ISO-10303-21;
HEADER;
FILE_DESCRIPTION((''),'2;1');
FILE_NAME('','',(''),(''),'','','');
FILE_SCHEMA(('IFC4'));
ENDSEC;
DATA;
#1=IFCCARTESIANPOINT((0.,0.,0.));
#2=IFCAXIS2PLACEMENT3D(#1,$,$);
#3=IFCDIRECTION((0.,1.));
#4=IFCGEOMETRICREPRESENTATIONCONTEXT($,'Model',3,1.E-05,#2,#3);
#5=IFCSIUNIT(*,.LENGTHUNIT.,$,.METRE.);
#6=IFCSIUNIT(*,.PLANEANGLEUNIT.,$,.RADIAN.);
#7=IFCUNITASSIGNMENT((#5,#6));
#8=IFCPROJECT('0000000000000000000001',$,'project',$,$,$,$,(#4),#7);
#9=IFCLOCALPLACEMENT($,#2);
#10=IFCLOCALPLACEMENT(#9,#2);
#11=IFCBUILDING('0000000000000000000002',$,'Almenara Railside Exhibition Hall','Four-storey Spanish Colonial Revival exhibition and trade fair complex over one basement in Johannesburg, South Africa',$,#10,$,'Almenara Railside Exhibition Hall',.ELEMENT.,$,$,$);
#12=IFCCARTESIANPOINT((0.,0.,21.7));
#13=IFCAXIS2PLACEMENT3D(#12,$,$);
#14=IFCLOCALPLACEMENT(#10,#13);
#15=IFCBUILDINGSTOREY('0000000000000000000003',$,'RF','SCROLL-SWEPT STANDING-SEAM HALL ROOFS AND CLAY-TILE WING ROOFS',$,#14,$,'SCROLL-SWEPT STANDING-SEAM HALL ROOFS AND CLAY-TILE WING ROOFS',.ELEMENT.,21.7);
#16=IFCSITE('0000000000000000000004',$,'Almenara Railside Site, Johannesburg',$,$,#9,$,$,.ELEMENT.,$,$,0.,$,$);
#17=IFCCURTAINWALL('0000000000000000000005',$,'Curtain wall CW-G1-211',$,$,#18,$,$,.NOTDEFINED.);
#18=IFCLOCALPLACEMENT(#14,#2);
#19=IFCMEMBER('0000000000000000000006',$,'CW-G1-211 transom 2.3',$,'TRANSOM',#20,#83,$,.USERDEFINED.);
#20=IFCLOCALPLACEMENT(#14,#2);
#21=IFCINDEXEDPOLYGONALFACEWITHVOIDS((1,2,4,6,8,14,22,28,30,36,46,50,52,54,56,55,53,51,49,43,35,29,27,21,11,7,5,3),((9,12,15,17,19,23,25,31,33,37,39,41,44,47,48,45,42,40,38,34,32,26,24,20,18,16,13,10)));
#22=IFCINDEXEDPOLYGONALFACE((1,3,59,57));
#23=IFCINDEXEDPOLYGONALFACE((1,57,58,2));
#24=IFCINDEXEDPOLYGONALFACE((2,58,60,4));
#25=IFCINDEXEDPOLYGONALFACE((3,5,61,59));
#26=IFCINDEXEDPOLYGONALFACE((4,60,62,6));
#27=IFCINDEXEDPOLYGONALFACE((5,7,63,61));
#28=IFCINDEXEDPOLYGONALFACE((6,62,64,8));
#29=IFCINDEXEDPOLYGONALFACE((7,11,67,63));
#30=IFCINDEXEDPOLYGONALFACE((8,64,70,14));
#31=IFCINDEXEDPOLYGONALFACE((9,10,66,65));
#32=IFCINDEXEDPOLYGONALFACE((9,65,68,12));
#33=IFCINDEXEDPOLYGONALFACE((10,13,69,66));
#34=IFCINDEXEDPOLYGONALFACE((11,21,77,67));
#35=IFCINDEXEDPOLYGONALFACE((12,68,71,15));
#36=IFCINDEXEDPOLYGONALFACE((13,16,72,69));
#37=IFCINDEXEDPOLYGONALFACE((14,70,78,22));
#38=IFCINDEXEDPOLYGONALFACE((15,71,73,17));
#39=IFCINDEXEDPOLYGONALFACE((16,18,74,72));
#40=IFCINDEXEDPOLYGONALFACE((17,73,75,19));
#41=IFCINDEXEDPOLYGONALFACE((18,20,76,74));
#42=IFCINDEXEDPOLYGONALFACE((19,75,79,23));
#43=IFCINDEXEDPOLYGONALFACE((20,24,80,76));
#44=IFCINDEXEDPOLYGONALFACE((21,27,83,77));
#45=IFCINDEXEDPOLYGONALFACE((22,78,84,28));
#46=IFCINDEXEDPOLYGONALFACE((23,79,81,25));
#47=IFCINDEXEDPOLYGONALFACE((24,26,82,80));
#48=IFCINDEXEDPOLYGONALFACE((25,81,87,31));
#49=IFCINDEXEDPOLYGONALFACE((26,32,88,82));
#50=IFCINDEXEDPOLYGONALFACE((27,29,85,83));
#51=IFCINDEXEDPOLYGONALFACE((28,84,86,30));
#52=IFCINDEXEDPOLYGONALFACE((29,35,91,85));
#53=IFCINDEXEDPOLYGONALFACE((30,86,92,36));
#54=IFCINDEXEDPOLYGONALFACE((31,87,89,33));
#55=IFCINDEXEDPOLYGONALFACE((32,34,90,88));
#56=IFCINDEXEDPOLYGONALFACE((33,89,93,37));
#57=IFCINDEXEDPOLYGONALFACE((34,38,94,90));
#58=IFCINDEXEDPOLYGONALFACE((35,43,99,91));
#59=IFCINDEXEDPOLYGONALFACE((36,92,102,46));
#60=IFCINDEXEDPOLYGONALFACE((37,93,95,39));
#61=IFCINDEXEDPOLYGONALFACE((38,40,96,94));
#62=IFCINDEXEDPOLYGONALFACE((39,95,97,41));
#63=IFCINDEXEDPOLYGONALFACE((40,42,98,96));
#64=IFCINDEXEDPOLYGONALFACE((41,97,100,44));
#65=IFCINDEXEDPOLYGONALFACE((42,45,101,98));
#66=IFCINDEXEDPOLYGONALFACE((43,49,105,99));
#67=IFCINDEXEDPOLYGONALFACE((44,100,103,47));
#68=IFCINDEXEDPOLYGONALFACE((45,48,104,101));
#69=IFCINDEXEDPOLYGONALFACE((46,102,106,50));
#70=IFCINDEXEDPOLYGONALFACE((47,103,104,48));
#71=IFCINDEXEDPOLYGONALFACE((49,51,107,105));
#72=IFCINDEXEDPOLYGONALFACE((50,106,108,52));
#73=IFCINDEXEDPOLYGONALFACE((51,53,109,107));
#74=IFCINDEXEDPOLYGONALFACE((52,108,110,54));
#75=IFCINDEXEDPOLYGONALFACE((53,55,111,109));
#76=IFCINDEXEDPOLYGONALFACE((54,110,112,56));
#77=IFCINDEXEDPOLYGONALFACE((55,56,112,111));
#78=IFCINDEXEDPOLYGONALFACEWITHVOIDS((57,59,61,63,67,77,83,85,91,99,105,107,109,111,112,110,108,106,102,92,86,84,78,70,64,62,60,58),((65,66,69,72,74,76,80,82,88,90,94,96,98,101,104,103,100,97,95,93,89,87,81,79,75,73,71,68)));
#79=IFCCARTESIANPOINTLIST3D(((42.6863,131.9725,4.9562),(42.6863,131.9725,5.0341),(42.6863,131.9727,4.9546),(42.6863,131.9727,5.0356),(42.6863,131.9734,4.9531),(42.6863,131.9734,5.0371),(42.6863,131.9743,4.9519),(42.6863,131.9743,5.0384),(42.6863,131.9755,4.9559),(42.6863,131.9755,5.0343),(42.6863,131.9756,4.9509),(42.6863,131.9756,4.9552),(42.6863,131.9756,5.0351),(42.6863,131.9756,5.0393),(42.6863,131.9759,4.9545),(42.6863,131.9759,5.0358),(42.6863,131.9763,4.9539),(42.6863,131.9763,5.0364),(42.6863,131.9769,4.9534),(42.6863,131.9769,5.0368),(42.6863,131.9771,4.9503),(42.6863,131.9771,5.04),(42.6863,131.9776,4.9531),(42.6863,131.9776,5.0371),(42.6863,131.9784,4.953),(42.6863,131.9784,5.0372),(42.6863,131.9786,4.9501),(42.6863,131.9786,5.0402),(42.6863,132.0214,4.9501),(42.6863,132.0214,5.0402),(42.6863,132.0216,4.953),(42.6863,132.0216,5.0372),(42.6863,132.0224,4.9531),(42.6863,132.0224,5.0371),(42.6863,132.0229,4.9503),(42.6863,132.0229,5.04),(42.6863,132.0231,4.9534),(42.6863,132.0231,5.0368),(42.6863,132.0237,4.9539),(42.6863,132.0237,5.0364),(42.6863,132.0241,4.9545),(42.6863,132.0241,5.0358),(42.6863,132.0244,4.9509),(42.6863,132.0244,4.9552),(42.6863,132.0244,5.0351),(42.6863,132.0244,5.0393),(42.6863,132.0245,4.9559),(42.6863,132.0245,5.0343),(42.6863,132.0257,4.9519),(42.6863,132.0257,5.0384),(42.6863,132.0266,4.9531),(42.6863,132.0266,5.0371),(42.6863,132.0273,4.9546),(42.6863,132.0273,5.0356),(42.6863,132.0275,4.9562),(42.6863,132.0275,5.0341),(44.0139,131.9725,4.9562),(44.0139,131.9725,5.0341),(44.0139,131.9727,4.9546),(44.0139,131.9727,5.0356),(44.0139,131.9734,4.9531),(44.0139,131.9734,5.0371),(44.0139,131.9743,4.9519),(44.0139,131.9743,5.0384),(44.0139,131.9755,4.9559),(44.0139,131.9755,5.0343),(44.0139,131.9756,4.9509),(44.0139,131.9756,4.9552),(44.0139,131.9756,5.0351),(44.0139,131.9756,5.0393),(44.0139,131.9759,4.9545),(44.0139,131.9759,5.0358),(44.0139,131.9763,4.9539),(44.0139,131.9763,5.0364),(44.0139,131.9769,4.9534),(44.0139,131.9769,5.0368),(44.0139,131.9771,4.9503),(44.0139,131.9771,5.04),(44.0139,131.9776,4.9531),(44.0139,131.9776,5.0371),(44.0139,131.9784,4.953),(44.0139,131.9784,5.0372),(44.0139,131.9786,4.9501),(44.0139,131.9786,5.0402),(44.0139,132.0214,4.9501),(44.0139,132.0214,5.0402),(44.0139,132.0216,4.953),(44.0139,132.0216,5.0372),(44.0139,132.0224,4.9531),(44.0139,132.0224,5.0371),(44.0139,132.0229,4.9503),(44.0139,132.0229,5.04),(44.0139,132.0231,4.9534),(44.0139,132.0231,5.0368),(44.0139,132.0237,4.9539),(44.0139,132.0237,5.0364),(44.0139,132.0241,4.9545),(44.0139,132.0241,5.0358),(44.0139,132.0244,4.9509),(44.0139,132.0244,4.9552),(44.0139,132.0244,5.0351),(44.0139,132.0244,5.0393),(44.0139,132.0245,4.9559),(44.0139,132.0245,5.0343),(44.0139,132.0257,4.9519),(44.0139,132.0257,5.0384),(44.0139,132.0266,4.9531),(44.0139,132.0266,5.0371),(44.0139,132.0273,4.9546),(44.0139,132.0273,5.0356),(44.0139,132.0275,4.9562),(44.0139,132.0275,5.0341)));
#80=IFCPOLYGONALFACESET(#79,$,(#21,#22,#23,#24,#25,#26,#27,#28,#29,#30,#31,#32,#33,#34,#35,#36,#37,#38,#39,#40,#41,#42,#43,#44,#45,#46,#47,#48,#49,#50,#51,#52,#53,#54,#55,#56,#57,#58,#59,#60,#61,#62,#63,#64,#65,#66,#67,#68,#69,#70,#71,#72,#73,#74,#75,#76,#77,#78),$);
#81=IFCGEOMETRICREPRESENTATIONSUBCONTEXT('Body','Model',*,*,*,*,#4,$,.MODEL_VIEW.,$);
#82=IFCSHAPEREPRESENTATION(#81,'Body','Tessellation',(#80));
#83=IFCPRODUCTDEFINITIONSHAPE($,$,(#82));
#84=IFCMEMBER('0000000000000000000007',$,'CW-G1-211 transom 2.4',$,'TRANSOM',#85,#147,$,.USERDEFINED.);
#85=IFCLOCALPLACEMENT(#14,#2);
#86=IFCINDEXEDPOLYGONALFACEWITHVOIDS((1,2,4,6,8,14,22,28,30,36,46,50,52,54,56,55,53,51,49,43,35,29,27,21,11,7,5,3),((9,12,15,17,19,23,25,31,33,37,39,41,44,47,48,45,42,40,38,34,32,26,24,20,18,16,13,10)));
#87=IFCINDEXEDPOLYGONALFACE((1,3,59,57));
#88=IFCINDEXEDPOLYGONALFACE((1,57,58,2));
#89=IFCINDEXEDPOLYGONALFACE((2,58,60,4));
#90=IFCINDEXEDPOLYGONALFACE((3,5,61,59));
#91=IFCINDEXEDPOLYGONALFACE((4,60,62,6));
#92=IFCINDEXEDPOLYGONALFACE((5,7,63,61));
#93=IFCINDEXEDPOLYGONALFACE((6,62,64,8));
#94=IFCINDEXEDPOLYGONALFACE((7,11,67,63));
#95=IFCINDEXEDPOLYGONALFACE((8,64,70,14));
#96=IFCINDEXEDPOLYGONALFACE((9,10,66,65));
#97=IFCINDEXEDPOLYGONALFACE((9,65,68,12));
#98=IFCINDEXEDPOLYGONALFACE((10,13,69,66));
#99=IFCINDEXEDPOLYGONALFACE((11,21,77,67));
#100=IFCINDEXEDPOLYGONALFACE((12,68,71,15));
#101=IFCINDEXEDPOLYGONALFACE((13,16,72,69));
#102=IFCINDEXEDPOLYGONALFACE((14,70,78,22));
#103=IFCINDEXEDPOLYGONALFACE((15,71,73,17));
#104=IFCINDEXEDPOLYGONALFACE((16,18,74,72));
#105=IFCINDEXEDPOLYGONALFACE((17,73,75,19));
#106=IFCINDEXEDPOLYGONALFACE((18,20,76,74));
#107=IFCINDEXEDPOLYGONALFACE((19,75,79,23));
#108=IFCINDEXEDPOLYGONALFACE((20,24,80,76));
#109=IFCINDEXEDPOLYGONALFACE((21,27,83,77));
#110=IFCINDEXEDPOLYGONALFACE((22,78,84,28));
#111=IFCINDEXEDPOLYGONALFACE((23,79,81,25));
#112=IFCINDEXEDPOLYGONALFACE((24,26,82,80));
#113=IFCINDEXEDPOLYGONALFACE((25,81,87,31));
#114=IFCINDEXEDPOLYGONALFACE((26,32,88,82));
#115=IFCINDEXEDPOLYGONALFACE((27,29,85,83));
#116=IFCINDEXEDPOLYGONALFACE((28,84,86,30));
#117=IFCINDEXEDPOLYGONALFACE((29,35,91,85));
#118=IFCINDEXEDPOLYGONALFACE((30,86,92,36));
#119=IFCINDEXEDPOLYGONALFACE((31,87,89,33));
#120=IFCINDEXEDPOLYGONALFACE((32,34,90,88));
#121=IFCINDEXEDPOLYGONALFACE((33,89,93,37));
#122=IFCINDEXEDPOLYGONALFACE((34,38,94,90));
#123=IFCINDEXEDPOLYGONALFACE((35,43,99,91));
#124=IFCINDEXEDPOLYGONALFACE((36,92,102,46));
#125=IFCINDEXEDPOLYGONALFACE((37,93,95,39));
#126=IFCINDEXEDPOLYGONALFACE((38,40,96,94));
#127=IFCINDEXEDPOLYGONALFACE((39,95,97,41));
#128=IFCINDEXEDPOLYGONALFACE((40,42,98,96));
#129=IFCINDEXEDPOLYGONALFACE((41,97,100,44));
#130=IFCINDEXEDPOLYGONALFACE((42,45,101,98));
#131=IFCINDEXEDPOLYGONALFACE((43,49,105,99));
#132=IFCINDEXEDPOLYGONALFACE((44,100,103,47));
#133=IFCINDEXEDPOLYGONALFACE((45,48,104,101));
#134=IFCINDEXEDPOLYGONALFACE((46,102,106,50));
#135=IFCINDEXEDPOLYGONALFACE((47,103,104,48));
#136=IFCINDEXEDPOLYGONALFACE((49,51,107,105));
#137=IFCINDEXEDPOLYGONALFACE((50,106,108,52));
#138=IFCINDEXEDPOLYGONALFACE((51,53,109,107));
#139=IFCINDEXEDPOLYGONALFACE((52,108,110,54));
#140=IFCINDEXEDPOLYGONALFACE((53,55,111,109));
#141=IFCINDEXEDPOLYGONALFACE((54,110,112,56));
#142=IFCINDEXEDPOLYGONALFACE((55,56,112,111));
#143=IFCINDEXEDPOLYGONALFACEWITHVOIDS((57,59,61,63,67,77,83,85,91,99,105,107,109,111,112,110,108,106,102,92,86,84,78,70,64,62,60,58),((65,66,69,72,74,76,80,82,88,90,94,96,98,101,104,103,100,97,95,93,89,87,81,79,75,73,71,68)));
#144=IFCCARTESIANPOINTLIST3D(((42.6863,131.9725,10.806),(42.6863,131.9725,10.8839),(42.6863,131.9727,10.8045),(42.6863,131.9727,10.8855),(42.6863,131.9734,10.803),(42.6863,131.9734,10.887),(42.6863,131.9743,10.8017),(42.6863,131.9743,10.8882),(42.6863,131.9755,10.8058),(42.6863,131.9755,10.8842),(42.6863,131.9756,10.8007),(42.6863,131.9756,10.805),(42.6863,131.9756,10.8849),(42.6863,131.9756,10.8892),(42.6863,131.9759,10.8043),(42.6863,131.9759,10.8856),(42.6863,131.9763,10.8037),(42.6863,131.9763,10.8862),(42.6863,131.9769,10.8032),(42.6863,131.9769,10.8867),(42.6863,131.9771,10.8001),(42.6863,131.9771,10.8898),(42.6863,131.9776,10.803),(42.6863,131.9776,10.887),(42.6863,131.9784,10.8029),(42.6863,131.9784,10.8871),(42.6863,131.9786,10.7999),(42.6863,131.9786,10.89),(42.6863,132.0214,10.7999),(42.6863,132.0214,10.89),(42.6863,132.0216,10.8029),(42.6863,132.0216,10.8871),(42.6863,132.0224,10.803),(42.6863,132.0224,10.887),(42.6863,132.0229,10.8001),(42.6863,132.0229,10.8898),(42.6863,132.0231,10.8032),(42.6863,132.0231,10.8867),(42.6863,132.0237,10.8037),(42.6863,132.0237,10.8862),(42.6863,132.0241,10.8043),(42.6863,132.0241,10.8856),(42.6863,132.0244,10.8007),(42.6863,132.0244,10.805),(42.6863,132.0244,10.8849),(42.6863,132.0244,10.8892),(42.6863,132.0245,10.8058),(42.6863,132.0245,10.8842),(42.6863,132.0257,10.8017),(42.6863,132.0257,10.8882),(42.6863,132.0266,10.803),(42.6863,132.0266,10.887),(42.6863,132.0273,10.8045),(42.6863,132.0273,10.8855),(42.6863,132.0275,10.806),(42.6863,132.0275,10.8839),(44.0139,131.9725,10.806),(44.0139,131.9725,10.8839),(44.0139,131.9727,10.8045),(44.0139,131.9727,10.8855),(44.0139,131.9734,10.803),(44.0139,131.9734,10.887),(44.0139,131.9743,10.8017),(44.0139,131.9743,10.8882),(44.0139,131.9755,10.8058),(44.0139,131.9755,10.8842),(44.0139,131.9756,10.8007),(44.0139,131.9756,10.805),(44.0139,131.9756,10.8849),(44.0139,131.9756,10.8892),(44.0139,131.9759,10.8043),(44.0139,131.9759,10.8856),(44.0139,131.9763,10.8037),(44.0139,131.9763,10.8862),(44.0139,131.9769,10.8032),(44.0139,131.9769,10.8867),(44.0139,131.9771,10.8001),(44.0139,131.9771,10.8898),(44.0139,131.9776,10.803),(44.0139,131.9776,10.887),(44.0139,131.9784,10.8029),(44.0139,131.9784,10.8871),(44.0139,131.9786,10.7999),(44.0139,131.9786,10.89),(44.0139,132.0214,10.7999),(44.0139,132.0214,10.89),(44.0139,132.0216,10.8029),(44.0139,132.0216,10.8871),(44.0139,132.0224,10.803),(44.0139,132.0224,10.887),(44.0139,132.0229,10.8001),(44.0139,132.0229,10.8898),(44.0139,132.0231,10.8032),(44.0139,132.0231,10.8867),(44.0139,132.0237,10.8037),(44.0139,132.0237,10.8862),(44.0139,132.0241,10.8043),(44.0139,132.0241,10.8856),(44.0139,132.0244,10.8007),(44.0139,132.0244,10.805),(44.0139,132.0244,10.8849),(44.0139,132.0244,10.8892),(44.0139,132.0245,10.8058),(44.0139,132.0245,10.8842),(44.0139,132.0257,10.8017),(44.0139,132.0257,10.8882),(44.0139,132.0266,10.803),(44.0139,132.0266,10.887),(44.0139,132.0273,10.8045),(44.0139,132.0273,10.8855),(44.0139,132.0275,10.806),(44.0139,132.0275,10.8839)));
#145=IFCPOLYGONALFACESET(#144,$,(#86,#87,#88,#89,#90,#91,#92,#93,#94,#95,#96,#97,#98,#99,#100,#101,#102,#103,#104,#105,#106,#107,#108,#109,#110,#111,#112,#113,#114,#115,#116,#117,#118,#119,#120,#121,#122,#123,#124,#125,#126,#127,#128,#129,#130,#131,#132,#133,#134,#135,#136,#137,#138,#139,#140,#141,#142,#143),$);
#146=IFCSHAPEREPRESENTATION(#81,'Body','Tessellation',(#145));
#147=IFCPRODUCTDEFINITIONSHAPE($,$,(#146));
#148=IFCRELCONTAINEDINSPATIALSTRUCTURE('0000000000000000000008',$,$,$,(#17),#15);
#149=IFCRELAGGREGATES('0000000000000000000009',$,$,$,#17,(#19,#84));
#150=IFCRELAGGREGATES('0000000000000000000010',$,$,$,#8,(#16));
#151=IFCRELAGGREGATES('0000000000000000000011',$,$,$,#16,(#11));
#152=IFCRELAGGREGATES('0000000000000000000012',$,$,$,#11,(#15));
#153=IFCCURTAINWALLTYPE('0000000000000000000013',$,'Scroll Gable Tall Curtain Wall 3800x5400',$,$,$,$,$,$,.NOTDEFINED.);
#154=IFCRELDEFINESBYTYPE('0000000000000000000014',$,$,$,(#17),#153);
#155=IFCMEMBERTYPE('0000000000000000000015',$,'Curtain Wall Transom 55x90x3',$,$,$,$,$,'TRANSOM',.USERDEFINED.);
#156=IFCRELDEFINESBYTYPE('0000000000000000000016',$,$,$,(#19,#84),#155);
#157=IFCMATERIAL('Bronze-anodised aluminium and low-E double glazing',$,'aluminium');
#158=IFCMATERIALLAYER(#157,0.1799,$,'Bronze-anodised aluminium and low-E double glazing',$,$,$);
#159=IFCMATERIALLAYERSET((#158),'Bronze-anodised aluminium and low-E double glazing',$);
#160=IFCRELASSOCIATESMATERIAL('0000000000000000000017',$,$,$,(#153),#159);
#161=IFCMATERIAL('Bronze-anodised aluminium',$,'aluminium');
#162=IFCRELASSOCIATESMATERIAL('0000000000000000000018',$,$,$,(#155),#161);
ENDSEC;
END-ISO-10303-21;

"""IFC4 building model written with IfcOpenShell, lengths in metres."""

from ifc_helpers import new_model, si_unit, direction, frame, origin, origin_2d, place, context, subcontext, project, spatial, hollow_rectangle, extrude, material, layer, layer_set, material_profile, profile_set, type_object, element, aggregate, save


model = new_model("IFC4")

# Units and contexts
model_context = context("Model", 3, precision=1e-05, world=origin(), true_north=direction((0.0, 1.0)))
body_context = subcontext(model_context, "Body", "Model", "MODEL_VIEW")
ifc_project = project(units=[si_unit("LENGTHUNIT", "METRE"), si_unit("PLANEANGLEUNIT", "RADIAN")], contexts=[model_context])

# Site, building, storey
site_placement = place(None, origin())
site = spatial("IfcSite", under=ifc_project, at=site_placement, Name="Almenara Railside Site, Johannesburg", CompositionType="ELEMENT", RefElevation=0.0)
building_placement = place(site_placement, origin())
building = spatial("IfcBuilding", under=site, at=building_placement, Name="Almenara Railside Exhibition Hall", Description="Four-storey Spanish Colonial Revival exhibition and trade fair complex over one basement in Johannesburg, South Africa", LongName="Almenara Railside Exhibition Hall", CompositionType="ELEMENT")
storey_placement = place(building_placement, frame((0.0, 0.0, 21.7)))
storey = spatial("IfcBuildingStorey", under=building, at=storey_placement, Name="RF", Description="SCROLL-SWEPT STANDING-SEAM HALL ROOFS AND CLAY-TILE WING ROOFS", LongName="SCROLL-SWEPT STANDING-SEAM HALL ROOFS AND CLAY-TILE WING ROOFS", CompositionType="ELEMENT", Elevation=21.7)

# Curtain wall, members
ifc_material_1 = material(Name="Bronze-anodised aluminium and low-E double glazing", Category="aluminium")
ifc_layer_1 = layer(ifc_material_1, 0.1799, Name="Bronze-anodised aluminium and low-E double glazing")
ifc_layer_set_1 = layer_set([ifc_layer_1], Name="Bronze-anodised aluminium and low-E double glazing")
curtain_wall_type = type_object("IfcCurtainWallType", Name="Scroll Gable Tall Curtain Wall 3800x5400", PredefinedType="NOTDEFINED", material=ifc_layer_set_1)
curtain_wall_1_placement = place(storey_placement, origin())
curtain_wall_1 = element("IfcCurtainWall", 1, at=curtain_wall_1_placement, inside=storey, type_object=curtain_wall_type, Name="Curtain wall CW-G1-211", PredefinedType="NOTDEFINED")
ifc_material_2 = material(Name="Bronze-anodised aluminium", Category="aluminium")
ifc_material_profile_1 = material_profile(ifc_material_2, hollow_rectangle(XDim=0.0549, YDim=0.0901, WallThickness=0.0029, InnerFilletRadius=0.0029, OuterFilletRadius=0.0061, at=origin_2d()), Name="ALU-TRN 55x90x3")
ifc_profile_set_1 = profile_set([ifc_material_profile_1], Name="Bronze-anodised aluminium")
member_type_1 = type_object("IfcMemberType", Name="Curtain Wall Transom 55x90x3", ElementType="TRANSOM", PredefinedType="USERDEFINED", material=ifc_profile_set_1)
member_1_placement = place(storey_placement, frame((42.6863, 132.0, 4.9951), z_axis=(1.0, 0.0, 0.0), x_axis=(0.0, 1.0, 0.0)))
member_1 = element("IfcMember", 2, at=member_1_placement, type_object=member_type_1, Name="CW-G1-211 transom 2.3", ObjectType="TRANSOM", PredefinedType="USERDEFINED", context=body_context, shape_type="SweptSolid", body=[
    extrude(hollow_rectangle(XDim=0.0549, YDim=0.0901, WallThickness=0.0029, InnerFilletRadius=0.0029, OuterFilletRadius=0.0061, at=origin_2d()), origin(), (0.0, 0.0, 1.0), 1.3276),
])
member_2_placement = place(storey_placement, frame((42.6863, 132.0, 10.845), z_axis=(1.0, 0.0, 0.0), x_axis=(0.0, 1.0, 0.0)))
member_2 = element("IfcMember", 3, at=member_2_placement, type_object=member_type_1, Name="CW-G1-211 transom 2.4", ObjectType="TRANSOM", PredefinedType="USERDEFINED", context=body_context, shape_type="SweptSolid", body=[
    extrude(hollow_rectangle(XDim=0.0549, YDim=0.0901, WallThickness=0.0029, InnerFilletRadius=0.0029, OuterFilletRadius=0.0061, at=origin_2d()), origin(), (0.0, 0.0, 1.0), 1.3276),
])

aggregate(curtain_wall_1, [member_1, member_2])

save(model, "model.ifc")
